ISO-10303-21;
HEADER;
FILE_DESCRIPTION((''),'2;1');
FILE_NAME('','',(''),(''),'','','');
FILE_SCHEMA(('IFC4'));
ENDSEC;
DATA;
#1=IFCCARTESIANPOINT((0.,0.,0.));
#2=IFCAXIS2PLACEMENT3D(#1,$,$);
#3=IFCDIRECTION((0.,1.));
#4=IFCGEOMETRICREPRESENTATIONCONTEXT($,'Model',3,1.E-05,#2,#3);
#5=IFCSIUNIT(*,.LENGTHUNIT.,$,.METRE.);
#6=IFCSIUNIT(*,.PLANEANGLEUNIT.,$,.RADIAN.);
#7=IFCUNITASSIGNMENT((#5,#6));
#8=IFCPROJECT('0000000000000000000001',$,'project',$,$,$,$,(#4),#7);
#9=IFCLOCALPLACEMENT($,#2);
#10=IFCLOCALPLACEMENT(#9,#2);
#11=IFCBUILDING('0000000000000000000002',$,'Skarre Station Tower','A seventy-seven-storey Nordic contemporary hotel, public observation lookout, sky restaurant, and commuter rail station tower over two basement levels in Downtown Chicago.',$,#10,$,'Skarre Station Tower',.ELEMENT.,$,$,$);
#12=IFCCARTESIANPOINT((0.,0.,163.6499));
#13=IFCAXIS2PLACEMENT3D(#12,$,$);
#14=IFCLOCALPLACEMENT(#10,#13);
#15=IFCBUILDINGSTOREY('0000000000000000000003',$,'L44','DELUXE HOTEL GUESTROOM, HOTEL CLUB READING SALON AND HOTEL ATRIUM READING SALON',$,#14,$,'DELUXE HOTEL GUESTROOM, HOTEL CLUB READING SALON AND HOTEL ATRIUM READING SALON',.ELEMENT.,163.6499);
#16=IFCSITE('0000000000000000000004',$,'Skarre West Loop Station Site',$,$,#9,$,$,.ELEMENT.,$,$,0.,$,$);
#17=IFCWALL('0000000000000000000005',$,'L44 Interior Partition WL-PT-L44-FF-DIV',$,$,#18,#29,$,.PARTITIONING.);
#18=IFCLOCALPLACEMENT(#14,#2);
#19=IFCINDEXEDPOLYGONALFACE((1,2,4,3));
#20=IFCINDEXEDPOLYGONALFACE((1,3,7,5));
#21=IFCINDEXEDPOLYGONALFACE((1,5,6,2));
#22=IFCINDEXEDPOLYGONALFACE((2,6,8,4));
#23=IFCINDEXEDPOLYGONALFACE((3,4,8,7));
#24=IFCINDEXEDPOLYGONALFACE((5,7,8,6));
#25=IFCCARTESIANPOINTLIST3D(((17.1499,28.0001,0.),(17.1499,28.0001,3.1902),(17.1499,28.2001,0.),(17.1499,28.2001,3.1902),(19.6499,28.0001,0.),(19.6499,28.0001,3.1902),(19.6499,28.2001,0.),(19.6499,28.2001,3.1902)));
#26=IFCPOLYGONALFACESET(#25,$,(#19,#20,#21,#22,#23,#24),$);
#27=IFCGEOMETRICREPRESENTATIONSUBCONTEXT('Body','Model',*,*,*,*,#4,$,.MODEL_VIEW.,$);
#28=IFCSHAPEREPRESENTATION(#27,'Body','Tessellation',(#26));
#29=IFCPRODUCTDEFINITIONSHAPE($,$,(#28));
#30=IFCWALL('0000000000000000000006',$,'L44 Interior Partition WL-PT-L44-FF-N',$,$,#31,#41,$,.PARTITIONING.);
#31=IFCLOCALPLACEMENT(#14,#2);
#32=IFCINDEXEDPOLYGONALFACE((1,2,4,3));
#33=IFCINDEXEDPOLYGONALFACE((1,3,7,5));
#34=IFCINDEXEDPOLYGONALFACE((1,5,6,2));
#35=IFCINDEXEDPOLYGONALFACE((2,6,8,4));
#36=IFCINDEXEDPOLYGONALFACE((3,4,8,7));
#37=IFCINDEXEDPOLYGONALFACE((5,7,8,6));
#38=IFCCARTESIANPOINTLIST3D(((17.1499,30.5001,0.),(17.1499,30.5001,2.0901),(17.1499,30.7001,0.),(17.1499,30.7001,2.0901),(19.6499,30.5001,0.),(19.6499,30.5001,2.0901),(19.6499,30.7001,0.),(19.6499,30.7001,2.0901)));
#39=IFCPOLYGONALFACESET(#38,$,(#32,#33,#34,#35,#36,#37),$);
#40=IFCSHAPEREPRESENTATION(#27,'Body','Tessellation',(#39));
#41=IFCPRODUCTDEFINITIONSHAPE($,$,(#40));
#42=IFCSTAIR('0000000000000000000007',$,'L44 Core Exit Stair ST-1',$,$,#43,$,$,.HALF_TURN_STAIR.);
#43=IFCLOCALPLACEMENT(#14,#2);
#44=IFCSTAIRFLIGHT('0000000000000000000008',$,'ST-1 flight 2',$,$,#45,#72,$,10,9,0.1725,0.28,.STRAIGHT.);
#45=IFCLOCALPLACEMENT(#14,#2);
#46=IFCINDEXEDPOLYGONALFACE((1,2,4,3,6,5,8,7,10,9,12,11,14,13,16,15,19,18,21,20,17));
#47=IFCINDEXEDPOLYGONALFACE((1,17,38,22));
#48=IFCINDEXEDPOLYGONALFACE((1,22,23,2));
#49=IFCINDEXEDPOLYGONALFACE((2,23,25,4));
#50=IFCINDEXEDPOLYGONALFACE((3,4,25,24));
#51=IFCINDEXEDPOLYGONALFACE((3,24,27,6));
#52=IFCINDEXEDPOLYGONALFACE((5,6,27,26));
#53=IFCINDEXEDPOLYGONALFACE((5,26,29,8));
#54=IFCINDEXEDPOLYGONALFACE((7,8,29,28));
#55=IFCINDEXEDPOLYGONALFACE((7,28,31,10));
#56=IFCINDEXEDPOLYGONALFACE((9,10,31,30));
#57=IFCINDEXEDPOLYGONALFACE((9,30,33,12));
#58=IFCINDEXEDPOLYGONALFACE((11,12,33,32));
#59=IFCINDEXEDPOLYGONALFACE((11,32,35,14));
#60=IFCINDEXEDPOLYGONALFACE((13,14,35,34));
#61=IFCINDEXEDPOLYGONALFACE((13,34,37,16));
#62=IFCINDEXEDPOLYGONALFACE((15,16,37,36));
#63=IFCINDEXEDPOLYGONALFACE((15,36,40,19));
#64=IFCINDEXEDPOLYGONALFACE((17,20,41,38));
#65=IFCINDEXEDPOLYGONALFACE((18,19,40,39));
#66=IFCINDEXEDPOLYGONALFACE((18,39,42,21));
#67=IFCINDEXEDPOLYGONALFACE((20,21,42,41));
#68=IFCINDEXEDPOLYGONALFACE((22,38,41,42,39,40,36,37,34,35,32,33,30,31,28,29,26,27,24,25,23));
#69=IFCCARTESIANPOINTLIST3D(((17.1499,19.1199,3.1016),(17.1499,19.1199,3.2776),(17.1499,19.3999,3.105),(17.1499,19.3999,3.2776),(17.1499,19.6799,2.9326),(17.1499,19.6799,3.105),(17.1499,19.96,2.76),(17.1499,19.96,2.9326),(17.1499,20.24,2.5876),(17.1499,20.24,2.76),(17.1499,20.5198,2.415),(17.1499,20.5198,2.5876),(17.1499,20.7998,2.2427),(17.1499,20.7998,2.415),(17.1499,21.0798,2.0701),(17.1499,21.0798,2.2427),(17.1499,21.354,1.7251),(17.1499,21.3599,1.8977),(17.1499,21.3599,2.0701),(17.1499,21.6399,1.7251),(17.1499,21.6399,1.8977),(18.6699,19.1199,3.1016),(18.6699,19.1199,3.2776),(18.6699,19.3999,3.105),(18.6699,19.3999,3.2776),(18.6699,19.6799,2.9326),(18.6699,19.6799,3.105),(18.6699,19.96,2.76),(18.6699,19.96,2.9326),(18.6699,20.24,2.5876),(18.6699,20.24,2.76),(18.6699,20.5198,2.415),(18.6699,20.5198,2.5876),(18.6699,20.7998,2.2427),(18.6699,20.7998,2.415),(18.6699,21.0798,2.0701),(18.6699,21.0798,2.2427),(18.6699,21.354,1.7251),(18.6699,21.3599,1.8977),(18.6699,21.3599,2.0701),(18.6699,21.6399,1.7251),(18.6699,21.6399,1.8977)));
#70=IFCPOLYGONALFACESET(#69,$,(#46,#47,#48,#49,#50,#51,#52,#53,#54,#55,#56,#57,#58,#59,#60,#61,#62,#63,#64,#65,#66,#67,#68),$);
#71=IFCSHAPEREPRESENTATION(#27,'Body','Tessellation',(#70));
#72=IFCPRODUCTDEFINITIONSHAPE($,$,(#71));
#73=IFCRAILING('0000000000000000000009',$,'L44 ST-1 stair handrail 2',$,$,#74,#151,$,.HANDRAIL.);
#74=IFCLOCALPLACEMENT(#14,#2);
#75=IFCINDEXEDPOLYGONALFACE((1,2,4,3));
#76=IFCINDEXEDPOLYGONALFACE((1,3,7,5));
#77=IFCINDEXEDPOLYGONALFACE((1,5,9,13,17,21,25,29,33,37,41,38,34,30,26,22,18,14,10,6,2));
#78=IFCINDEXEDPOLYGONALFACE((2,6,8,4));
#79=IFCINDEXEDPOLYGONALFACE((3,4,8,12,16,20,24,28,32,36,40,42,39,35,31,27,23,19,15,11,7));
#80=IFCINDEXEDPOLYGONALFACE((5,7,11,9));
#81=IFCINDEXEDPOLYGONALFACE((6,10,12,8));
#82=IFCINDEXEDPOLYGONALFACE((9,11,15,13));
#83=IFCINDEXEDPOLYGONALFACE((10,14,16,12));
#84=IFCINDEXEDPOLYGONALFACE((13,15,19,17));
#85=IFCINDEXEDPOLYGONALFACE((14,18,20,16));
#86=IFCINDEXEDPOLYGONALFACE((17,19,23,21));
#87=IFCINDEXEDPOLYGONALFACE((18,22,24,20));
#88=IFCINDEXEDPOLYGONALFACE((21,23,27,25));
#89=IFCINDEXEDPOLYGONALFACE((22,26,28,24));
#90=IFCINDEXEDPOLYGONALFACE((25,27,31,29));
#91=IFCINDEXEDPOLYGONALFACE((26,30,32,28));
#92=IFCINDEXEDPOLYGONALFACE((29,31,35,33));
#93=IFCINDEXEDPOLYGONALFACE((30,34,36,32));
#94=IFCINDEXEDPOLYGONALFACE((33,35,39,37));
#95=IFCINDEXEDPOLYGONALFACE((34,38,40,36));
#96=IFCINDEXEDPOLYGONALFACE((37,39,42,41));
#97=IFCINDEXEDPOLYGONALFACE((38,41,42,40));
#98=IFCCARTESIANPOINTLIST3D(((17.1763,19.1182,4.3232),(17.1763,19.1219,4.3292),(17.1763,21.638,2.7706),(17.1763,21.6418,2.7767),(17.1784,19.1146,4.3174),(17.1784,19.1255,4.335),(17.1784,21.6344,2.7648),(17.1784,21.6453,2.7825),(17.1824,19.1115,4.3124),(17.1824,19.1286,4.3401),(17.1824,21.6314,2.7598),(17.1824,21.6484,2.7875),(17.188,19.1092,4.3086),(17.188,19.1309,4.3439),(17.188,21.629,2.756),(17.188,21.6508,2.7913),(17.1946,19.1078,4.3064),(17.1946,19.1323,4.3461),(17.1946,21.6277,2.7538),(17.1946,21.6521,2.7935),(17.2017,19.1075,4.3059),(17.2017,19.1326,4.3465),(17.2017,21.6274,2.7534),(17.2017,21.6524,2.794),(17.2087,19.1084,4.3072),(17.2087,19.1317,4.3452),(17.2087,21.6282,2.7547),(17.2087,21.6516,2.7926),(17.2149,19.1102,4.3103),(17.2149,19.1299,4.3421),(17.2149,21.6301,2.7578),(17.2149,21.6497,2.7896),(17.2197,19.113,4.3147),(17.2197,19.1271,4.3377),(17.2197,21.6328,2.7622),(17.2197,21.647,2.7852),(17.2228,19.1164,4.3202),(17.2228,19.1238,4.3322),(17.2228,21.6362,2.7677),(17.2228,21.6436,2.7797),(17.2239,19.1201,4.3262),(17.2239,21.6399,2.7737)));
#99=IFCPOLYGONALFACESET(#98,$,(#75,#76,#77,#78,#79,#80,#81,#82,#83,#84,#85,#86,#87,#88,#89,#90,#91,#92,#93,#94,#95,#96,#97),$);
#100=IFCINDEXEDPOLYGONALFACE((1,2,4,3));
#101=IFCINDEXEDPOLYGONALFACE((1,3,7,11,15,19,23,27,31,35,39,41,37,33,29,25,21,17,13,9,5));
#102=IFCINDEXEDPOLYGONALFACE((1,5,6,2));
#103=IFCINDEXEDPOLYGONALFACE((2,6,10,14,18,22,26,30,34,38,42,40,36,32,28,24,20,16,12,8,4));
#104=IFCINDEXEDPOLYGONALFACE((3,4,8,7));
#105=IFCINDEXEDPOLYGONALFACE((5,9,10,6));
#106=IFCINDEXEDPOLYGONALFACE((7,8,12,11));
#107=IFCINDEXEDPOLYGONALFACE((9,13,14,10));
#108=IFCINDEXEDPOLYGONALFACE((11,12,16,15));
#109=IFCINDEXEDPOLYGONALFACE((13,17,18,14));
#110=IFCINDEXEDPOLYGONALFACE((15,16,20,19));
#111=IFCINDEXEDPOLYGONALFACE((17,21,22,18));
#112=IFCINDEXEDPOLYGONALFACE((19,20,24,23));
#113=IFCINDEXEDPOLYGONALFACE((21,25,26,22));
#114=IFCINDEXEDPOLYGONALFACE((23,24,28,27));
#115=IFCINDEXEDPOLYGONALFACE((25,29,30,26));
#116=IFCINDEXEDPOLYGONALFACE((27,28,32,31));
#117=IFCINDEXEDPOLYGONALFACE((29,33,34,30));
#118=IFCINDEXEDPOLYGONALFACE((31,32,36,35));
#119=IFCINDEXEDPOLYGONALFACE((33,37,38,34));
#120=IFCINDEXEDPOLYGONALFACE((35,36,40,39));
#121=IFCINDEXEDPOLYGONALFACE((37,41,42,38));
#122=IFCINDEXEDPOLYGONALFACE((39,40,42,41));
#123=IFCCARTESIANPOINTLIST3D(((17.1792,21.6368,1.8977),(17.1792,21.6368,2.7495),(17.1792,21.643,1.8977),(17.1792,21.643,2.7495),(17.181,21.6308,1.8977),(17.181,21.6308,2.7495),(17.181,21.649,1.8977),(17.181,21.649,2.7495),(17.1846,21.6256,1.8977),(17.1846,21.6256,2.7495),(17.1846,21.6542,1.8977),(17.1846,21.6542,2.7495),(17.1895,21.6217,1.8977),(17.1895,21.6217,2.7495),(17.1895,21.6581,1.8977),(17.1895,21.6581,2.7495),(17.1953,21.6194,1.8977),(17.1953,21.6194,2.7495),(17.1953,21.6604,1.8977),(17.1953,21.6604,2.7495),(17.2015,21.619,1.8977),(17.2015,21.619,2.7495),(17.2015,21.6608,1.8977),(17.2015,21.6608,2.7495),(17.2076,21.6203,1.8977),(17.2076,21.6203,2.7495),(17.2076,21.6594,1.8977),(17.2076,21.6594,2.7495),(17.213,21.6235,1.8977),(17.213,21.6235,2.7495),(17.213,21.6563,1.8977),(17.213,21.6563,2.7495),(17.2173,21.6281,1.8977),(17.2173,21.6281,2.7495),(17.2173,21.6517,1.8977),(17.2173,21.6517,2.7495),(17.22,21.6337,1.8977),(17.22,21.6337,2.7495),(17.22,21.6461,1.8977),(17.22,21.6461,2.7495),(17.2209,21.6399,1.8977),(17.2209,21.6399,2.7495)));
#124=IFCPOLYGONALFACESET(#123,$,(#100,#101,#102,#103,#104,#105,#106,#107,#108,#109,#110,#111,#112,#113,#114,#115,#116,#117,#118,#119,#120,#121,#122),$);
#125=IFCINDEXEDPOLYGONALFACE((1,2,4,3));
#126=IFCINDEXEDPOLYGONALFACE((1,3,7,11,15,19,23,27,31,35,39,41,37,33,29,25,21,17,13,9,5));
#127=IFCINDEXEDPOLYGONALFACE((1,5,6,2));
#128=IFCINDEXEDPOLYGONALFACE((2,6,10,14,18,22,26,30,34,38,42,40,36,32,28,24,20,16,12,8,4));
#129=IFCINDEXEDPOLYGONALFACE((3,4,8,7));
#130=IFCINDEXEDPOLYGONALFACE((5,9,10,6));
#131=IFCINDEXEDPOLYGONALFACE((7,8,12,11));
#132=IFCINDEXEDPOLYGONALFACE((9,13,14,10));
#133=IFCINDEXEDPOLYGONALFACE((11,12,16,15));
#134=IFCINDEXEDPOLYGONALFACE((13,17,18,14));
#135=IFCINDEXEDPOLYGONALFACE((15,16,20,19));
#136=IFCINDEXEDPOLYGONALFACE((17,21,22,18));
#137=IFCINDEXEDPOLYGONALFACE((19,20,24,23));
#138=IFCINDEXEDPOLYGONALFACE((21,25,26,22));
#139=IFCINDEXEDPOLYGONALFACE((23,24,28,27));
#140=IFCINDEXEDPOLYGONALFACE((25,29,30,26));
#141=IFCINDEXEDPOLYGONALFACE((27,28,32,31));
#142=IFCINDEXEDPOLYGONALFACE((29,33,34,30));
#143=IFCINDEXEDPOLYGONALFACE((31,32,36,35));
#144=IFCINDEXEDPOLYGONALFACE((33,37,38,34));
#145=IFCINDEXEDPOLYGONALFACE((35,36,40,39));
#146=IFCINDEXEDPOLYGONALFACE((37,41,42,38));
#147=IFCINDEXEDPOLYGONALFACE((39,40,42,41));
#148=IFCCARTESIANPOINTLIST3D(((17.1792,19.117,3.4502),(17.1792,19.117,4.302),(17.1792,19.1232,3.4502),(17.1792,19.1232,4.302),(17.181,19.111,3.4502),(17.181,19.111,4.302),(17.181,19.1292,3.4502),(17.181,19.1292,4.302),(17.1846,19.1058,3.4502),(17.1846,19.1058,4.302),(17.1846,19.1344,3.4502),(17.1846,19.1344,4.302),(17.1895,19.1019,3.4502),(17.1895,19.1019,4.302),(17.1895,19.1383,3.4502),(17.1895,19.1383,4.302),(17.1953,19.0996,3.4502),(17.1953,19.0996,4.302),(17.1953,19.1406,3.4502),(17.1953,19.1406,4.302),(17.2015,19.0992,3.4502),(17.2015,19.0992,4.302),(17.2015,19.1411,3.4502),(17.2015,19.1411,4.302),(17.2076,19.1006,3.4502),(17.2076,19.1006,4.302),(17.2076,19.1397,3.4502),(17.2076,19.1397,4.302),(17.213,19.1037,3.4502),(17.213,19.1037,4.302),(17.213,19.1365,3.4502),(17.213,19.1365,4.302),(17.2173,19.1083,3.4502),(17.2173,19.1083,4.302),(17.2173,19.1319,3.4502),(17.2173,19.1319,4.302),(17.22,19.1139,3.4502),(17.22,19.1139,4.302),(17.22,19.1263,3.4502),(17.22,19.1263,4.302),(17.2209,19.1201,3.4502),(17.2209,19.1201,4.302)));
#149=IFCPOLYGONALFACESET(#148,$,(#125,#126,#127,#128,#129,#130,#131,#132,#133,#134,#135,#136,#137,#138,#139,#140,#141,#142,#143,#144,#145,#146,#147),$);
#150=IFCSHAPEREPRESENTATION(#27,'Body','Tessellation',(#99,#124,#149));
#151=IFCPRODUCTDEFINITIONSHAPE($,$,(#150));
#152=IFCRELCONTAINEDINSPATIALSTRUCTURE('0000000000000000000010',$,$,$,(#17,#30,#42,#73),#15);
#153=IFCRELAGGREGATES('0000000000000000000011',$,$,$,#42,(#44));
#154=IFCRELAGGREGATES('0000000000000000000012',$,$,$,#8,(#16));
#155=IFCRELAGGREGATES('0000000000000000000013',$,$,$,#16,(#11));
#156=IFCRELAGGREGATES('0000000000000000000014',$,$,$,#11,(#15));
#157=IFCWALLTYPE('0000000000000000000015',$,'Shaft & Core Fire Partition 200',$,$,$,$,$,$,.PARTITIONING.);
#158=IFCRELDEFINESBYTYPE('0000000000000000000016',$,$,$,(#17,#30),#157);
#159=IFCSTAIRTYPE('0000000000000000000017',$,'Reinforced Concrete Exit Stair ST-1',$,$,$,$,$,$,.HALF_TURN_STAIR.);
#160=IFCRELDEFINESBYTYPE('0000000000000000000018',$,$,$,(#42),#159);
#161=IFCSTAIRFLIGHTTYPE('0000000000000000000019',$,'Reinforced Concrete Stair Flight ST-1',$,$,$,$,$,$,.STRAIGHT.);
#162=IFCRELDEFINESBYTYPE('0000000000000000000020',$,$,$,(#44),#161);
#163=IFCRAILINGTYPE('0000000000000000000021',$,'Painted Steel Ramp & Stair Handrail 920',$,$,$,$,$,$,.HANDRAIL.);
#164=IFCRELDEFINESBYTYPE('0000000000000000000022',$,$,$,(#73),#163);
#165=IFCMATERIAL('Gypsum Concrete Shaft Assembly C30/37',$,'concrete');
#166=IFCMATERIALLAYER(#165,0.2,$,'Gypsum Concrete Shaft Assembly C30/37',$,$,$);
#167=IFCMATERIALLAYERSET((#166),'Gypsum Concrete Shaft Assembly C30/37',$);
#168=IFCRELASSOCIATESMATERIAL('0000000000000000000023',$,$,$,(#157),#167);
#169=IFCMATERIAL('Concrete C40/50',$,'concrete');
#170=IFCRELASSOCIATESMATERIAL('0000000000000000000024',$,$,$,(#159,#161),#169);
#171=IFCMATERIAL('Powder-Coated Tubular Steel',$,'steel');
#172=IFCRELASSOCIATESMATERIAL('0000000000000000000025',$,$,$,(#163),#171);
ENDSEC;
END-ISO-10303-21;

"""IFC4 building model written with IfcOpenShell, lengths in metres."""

from ifc_helpers import new_model, si_unit, direction, frame, frame_2d, origin, origin_2d, place, context, subcontext, project, spatial, polyline, rectangle, circle, outline, extrude, material, layer, layer_set, type_object, element, aggregate, save


model = new_model("IFC4")

# Units and contexts
model_context = context("Model", 3, precision=1e-05, world=origin(), true_north=direction((0.0, 1.0)))
body_context = subcontext(model_context, "Body", "Model", "MODEL_VIEW")
ifc_project = project(units=[si_unit("LENGTHUNIT", "METRE"), si_unit("PLANEANGLEUNIT", "RADIAN")], contexts=[model_context])

# Site, building, storey
site_placement = place(None, origin())
site = spatial("IfcSite", under=ifc_project, at=site_placement, Name="Skarre West Loop Station Site", CompositionType="ELEMENT", RefElevation=0.0)
building_placement = place(site_placement, origin())
building = spatial("IfcBuilding", under=site, at=building_placement, Name="Skarre Station Tower", Description="A seventy-seven-storey Nordic contemporary hotel, public observation lookout, sky restaurant, and commuter rail station tower over two basement levels in Downtown Chicago.", LongName="Skarre Station Tower", CompositionType="ELEMENT")
storey_placement = place(building_placement, frame((0.0, 0.0, 163.6499)))
storey = spatial("IfcBuildingStorey", under=building, at=storey_placement, Name="L44", Description="DELUXE HOTEL GUESTROOM, HOTEL CLUB READING SALON AND HOTEL ATRIUM READING SALON", LongName="DELUXE HOTEL GUESTROOM, HOTEL CLUB READING SALON AND HOTEL ATRIUM READING SALON", CompositionType="ELEMENT", Elevation=163.6499)

# Shared definitions
ifc_material_1 = material(Name="Gypsum Concrete Shaft Assembly C30/37", Category="concrete")
ifc_layer_1 = layer(ifc_material_1, 0.2, Name="Gypsum Concrete Shaft Assembly C30/37")
ifc_layer_set_1 = layer_set([ifc_layer_1], Name="Gypsum Concrete Shaft Assembly C30/37")
wall_type_1 = type_object("IfcWallType", Name="Shaft & Core Fire Partition 200", PredefinedType="PARTITIONING", material=ifc_layer_set_1)

# Walls
wall_1_placement = place(storey_placement, frame((17.1499, 28.1001, 0.0), z_axis=(0.0, 0.0, 1.0), x_axis=(1.0, 0.0, 0.0)))
element("IfcWall", 1, at=wall_1_placement, inside=storey, type_object=wall_type_1, Name="L44 Interior Partition WL-PT-L44-FF-DIV", PredefinedType="PARTITIONING", context=body_context, shape_type="SweptSolid", body=[
    extrude(rectangle(XDim=2.5, YDim=0.2, at=frame_2d((1.25, 0.0))), origin(), (0.0, 0.0, 1.0), 3.1902),
])
wall_2_placement = place(storey_placement, frame((19.6499, 30.6001, 0.0), z_axis=(0.0, 0.0, 1.0), x_axis=(-1.0, 0.0, 0.0)))
element("IfcWall", 2, at=wall_2_placement, inside=storey, type_object=wall_type_1, Name="L44 Interior Partition WL-PT-L44-FF-N", PredefinedType="PARTITIONING", context=body_context, shape_type="SweptSolid", body=[
    extrude(rectangle(XDim=2.5, YDim=0.2, at=frame_2d((1.25, 0.0))), origin(), (0.0, 0.0, 1.0), 2.0901),
])

# Stair, stair flight
ifc_material_2 = material(Name="Concrete C40/50", Category="concrete")
stair_type = type_object("IfcStairType", Name="Reinforced Concrete Exit Stair ST-1", PredefinedType="HALF_TURN_STAIR", material=ifc_material_2)
stair_placement = place(storey_placement, origin())
stair = element("IfcStair", 3, at=stair_placement, inside=storey, type_object=stair_type, Name="L44 Core Exit Stair ST-1", PredefinedType="HALF_TURN_STAIR")
stair_flight_type = type_object("IfcStairFlightType", Name="Reinforced Concrete Stair Flight ST-1", PredefinedType="STRAIGHT", material=ifc_material_2)
stair_flight_placement = place(storey_placement, frame((17.9099, 21.6399, 1.7251), z_axis=(0.0, 0.0, 1.0), x_axis=(0.0, -1.0, 0.0)))
stair_flight = element("IfcStairFlight", 4, at=stair_flight_placement, type_object=stair_flight_type, Name="ST-1 flight 2", NumberOfRisers=10, NumberOfTreads=9, PredefinedType="STRAIGHT", RiserHeight=0.1725, TreadLength=0.28, context=body_context, shape_type="SweptSolid", body=[
    extrude(outline(polyline([(0.0, 0.0), (0.0, 0.1726), (0.28, 0.1726), (0.28, 0.345), (0.5601, 0.345), (0.5601, 0.5176), (0.8401, 0.5176), (0.8401, 0.6899), (1.1201, 0.6899), (1.1201, 0.8625), (1.3999, 0.8625), (1.3999, 1.0349), (1.6799, 1.0349), (1.6799, 1.2075), (1.96, 1.2075), (1.96, 1.3799), (2.24, 1.3799), (2.24, 1.5525), (2.52, 1.5525), (2.52, 1.7251), (2.52, 1.3765), (0.2859, 0.0), (0.0, 0.0)])), frame((0.0, 0.76, 0.0), z_axis=(0.0, -1.0, 0.0), x_axis=(1.0, 0.0, 0.0)), (0.0, 0.0, 1.0), 1.52),
])
aggregate(stair, [stair_flight])

# Railing
ifc_material_3 = material(Name="Powder-Coated Tubular Steel", Category="steel")
railing_type_1 = type_object("IfcRailingType", Name="Painted Steel Ramp & Stair Handrail 920", PredefinedType="HANDRAIL", material=ifc_material_3)
railing_1_placement = place(storey_placement, frame((17.2, 21.6399, 1.8977)))
element("IfcRailing", 5, at=railing_1_placement, inside=storey, type_object=railing_type_1, Name="L44 ST-1 stair handrail 2", PredefinedType="HANDRAIL", context=body_context, shape_type="SweptSolid", body=[
    extrude(circle(Radius=0.0239, at=origin_2d()), frame((0.0, 0.0, 0.876), z_axis=(0.0, -0.851378, 0.524553), x_axis=(1.0, 0.0, 0.0)), (0.0, 0.0, 1.0), 2.9597),
    extrude(circle(Radius=0.021, at=origin_2d()), origin(), (0.0, 0.0, 1.0), 0.8518),
    extrude(circle(Radius=0.021, at=origin_2d()), frame((0.0, -2.5198, 1.5525)), (0.0, 0.0, 1.0), 0.8518),
])

save(model, "model.ifc")
